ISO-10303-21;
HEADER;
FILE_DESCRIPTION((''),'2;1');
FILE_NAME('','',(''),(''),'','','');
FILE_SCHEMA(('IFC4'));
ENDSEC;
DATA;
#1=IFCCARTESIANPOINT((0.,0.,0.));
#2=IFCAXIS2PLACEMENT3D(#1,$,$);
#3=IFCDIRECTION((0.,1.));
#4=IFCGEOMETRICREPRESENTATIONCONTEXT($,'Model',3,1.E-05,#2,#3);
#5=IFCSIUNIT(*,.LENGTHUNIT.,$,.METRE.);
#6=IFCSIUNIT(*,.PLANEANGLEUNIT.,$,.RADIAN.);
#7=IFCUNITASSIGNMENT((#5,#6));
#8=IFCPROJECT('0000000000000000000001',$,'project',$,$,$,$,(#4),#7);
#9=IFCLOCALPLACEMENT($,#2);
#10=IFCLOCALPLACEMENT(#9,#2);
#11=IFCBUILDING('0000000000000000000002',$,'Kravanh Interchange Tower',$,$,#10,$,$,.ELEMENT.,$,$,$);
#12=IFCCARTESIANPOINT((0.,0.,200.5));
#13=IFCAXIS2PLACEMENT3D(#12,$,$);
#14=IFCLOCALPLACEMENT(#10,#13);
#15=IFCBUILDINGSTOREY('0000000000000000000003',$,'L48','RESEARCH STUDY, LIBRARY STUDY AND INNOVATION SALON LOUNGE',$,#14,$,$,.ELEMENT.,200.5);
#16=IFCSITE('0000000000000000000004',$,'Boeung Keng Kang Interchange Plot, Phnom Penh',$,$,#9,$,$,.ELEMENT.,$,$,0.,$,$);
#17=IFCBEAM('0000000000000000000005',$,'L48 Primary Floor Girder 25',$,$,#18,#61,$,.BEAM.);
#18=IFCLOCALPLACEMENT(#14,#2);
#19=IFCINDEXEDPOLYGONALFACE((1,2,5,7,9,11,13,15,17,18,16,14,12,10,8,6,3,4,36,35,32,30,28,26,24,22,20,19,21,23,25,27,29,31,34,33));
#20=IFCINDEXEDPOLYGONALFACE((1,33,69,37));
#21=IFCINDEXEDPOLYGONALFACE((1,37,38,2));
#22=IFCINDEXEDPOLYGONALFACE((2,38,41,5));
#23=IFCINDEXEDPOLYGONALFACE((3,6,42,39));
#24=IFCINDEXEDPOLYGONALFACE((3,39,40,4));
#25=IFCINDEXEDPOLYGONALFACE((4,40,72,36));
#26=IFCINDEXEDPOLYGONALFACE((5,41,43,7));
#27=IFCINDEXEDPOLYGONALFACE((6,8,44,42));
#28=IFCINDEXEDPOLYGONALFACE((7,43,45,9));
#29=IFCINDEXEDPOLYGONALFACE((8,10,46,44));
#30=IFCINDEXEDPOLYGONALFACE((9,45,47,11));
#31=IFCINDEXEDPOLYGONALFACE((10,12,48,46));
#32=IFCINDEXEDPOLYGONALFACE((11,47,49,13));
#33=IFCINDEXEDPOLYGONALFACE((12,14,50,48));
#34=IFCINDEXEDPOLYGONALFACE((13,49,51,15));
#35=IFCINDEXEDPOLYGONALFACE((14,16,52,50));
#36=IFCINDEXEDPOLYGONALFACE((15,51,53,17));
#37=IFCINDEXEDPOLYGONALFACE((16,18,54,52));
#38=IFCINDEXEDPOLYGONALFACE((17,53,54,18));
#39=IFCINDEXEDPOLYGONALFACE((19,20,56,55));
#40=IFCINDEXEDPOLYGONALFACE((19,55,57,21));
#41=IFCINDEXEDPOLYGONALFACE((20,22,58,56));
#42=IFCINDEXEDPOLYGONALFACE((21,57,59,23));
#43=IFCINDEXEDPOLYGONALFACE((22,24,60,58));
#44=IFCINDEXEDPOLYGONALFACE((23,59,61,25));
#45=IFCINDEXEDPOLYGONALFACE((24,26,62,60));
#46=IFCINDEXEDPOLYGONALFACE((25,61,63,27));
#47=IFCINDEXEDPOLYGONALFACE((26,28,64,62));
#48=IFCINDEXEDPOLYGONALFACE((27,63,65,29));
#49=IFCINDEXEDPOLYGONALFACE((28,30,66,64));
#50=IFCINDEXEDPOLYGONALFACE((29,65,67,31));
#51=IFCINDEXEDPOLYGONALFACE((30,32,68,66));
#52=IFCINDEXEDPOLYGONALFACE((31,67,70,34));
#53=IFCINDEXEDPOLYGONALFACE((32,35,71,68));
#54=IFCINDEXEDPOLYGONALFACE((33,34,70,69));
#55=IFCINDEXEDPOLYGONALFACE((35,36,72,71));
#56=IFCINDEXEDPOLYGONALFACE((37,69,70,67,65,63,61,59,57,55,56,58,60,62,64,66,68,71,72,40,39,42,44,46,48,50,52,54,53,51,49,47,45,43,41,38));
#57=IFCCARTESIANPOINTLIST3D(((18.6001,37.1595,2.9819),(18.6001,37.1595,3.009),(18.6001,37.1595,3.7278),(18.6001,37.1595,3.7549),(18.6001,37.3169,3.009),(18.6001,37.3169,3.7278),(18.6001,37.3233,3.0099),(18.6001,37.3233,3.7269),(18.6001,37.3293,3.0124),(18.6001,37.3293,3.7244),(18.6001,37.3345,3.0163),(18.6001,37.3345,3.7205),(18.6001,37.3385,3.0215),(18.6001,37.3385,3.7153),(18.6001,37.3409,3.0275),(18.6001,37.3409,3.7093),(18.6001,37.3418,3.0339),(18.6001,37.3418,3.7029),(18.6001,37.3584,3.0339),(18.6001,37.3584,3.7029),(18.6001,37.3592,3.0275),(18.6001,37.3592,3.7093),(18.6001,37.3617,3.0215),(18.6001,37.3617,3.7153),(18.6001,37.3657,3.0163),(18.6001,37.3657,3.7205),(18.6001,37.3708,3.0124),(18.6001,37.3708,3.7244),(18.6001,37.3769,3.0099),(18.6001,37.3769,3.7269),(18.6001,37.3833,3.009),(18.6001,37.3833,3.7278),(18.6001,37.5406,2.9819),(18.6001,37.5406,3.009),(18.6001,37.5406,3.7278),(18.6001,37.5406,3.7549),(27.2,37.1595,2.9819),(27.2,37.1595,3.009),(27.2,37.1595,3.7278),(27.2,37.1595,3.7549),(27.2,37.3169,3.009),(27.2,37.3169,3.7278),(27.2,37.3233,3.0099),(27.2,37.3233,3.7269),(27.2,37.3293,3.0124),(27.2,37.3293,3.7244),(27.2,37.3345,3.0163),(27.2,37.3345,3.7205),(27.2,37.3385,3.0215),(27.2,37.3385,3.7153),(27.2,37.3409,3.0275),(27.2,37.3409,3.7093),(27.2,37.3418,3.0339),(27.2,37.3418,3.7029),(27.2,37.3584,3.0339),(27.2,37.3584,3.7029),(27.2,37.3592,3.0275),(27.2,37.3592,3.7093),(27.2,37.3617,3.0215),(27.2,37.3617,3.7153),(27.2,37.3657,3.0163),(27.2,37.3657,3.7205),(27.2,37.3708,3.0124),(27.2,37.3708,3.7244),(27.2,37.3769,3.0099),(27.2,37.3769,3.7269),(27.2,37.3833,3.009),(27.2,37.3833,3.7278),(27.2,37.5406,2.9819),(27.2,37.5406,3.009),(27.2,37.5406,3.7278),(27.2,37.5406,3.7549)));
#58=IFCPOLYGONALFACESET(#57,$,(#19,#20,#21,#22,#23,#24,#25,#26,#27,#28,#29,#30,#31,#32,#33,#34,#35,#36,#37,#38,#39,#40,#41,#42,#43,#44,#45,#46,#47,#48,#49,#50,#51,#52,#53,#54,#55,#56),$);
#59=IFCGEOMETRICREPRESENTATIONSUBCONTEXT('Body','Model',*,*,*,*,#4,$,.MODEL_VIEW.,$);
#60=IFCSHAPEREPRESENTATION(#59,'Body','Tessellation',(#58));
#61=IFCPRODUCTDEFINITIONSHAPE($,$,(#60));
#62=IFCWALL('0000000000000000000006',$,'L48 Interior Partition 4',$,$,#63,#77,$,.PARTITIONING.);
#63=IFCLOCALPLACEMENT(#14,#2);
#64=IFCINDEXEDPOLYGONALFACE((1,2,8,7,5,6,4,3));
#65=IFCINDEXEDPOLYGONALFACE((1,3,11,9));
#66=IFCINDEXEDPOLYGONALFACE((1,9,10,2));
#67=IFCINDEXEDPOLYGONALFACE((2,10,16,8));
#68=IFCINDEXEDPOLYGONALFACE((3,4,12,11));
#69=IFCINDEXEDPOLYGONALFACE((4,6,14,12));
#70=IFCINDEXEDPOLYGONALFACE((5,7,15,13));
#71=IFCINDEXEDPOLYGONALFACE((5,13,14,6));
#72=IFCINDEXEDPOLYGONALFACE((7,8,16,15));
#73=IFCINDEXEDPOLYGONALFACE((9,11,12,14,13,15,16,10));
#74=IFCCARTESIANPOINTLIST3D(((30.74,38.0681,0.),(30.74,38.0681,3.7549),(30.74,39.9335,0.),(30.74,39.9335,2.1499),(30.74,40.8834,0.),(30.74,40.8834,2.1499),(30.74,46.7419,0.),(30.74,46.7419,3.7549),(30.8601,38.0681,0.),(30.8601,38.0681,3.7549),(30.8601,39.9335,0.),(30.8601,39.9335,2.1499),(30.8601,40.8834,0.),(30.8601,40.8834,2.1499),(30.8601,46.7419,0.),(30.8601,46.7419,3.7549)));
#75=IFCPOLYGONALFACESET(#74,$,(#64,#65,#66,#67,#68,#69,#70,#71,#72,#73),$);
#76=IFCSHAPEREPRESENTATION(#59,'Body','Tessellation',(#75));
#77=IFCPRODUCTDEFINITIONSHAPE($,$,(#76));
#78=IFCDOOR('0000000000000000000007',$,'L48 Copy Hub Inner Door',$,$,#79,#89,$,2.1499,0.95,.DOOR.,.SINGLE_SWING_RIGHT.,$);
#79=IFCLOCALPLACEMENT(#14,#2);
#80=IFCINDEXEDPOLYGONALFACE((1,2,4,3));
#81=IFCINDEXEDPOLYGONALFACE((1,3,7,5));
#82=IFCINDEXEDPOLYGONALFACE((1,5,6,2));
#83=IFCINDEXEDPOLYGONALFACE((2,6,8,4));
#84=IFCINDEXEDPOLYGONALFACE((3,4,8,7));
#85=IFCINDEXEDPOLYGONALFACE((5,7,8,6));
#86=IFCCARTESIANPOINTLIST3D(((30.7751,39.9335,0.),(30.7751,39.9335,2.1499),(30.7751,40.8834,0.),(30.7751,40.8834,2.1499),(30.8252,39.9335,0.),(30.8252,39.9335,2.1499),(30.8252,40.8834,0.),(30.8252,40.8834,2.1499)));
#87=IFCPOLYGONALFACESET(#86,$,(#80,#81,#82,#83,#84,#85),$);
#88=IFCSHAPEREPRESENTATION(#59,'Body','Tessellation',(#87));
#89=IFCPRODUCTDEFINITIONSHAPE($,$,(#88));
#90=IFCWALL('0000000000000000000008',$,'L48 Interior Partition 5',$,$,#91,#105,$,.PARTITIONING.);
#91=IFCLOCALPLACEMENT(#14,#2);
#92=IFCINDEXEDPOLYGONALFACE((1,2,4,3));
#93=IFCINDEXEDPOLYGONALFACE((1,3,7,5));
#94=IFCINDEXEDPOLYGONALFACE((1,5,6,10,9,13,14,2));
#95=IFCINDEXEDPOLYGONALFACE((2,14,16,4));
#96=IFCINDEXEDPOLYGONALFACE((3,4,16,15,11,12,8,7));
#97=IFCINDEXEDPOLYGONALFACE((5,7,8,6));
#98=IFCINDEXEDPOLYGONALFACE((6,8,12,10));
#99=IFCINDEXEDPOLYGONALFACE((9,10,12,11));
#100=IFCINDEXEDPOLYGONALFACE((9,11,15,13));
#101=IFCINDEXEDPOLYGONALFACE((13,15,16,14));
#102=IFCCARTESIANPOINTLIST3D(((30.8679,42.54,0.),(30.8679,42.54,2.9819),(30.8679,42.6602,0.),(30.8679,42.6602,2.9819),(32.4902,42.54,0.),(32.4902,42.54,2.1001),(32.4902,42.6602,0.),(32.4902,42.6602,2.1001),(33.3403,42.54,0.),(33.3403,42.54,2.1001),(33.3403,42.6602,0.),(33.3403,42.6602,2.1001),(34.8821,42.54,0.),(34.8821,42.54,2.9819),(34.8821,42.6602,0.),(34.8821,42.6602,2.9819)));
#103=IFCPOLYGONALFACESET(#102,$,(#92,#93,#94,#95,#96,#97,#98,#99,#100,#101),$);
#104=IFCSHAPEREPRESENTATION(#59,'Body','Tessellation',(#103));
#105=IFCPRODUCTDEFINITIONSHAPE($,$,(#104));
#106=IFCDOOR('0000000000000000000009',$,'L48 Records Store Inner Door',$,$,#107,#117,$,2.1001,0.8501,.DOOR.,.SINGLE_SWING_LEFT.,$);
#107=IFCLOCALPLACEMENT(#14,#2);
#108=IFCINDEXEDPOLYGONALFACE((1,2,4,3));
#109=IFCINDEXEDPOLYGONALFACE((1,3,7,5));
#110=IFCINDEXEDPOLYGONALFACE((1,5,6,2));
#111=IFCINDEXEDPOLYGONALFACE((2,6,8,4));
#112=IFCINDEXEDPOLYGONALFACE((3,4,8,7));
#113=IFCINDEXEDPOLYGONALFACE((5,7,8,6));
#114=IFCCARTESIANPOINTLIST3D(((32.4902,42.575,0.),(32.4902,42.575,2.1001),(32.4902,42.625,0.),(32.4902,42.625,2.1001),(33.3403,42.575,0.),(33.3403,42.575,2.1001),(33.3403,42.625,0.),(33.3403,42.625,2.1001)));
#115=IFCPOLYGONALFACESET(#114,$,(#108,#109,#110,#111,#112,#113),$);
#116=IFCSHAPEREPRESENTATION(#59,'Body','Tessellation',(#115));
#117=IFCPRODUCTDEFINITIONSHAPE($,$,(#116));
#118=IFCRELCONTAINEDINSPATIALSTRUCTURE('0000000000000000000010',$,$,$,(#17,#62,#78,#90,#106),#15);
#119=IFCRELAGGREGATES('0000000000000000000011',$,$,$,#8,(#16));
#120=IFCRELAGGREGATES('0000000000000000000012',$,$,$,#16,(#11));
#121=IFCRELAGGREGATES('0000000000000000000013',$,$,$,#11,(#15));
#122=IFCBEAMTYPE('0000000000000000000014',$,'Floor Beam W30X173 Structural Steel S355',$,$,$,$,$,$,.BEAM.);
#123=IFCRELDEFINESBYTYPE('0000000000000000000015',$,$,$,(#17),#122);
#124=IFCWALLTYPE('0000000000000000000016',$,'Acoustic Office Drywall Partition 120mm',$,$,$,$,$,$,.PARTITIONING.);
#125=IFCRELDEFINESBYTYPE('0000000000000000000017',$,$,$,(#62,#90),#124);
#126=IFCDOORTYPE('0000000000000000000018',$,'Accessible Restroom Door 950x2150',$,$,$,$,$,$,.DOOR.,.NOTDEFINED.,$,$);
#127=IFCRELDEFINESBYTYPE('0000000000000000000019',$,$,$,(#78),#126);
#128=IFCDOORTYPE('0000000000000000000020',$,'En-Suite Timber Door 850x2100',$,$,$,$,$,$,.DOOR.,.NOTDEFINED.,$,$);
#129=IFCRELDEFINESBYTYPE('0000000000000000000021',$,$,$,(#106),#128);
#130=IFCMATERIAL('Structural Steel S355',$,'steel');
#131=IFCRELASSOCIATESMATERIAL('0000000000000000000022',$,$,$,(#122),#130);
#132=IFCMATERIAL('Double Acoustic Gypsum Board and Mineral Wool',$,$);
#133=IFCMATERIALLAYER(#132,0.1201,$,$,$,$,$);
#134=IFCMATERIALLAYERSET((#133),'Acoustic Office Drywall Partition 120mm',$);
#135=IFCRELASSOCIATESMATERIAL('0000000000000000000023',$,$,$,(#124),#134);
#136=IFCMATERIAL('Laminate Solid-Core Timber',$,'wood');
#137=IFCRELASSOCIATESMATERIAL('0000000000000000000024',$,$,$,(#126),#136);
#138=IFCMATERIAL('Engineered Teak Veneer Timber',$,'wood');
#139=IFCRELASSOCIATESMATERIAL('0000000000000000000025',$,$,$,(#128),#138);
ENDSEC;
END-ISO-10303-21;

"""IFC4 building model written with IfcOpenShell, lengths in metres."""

from ifc_helpers import new_model, si_unit, direction, frame, frame_2d, origin, origin_2d, place, context, subcontext, project, spatial, rectangle, i_section, extrude, material, layer, layer_set, material_profile, profile_set, type_object, element, fill, save


model = new_model("IFC4")

# Units and contexts
model_context = context("Model", 3, precision=1e-05, world=origin(), true_north=direction((0.0, 1.0)))
body_context = subcontext(model_context, "Body", "Model", "MODEL_VIEW")
ifc_project = project(units=[si_unit("LENGTHUNIT", "METRE"), si_unit("PLANEANGLEUNIT", "RADIAN")], contexts=[model_context])

# Site, building, storey
site_placement = place(None, origin())
site = spatial("IfcSite", under=ifc_project, at=site_placement, Name="Boeung Keng Kang Interchange Plot, Phnom Penh", CompositionType="ELEMENT", RefElevation=0.0)
building_placement = place(site_placement, origin())
building = spatial("IfcBuilding", under=site, at=building_placement, Name="Kravanh Interchange Tower", CompositionType="ELEMENT")
storey_placement = place(building_placement, frame((0.0, 0.0, 200.5)))
storey = spatial("IfcBuildingStorey", under=building, at=storey_placement, Name="L48", Description="RESEARCH STUDY, LIBRARY STUDY AND INNOVATION SALON LOUNGE", CompositionType="ELEMENT", Elevation=200.5)

# Beam
ifc_material_1 = material(Name="Structural Steel S355", Category="steel")
ifc_material_profile_1 = material_profile(ifc_material_1, i_section(OverallWidth=0.3811, OverallDepth=0.7729, WebThickness=0.0166, FlangeThickness=0.0271, FilletRadius=0.0249, at=origin_2d()), Name="W30X173")
ifc_profile_set_1 = profile_set([ifc_material_profile_1], Name="Structural Steel S355")
beam_type = type_object("IfcBeamType", Name="Floor Beam W30X173 Structural Steel S355", PredefinedType="BEAM", material=ifc_profile_set_1)
beam_1_placement = place(storey_placement, frame((27.2, 37.3501, 3.3684), z_axis=(-1.0, 0.0, 0.0), x_axis=(0.0, -1.0, 0.0)))
element("IfcBeam", 1, at=beam_1_placement, inside=storey, type_object=beam_type, Name="L48 Primary Floor Girder 25", PredefinedType="BEAM", context=body_context, shape_type="SweptSolid", body=[
    extrude(i_section(OverallWidth=0.3811, OverallDepth=0.7729, WebThickness=0.0166, FlangeThickness=0.0271, FilletRadius=0.0249, at=origin_2d()), origin(), (0.0, 0.0, 1.0), 8.5999),
])

# Walls, openings, doors
ifc_material_2 = material(Name="Double Acoustic Gypsum Board and Mineral Wool")
ifc_layer_1 = layer(ifc_material_2, 0.1201)
ifc_layer_set_1 = layer_set([ifc_layer_1], Name="Acoustic Office Drywall Partition 120mm")
wall_type_1 = type_object("IfcWallType", Name="Acoustic Office Drywall Partition 120mm", PredefinedType="PARTITIONING", material=ifc_layer_set_1)
wall_1_placement = place(storey_placement, frame((30.8, 38.0681, 0.0), z_axis=(0.0, 0.0, 1.0), x_axis=(0.0, 1.0, 0.0)))
wall_1 = element("IfcWall", 2, at=wall_1_placement, inside=storey, type_object=wall_type_1, Name="L48 Interior Partition 4", PredefinedType="PARTITIONING", context=body_context, shape_type="SweptSolid", body=[
    extrude(rectangle(XDim=8.6738, YDim=0.1201, at=frame_2d((4.3369, 0.0))), origin(), (0.0, 0.0, 1.0), 3.7549),
])
opening_1_placement = place(wall_1_placement, frame((1.8652, 0.0, 0.0)))
opening_1 = element("IfcOpeningElement", 3, at=opening_1_placement, cuts=wall_1, PredefinedType="OPENING", context=body_context, shape_type="SweptSolid", body=[
    extrude(rectangle(XDim=0.95, YDim=2.1499, at=frame_2d((0.4751, 1.075))), frame((0.0, 0.0701, 0.0), z_axis=(0.0, -1.0, 0.0), x_axis=(1.0, 0.0, 0.0)), (0.0, 0.0, 1.0), 0.1401),
])
ifc_material_3 = material(Name="Laminate Solid-Core Timber", Category="wood")
door_type_1 = type_object("IfcDoorType", Name="Accessible Restroom Door 950x2150", OperationType="NOTDEFINED", PredefinedType="DOOR", material=ifc_material_3)
door_1_placement = place(opening_1_placement, origin())
door_1 = element("IfcDoor", 4, at=door_1_placement, inside=storey, type_object=door_type_1, Name="L48 Copy Hub Inner Door", OperationType="SINGLE_SWING_RIGHT", OverallHeight=2.1499, OverallWidth=0.95, PredefinedType="DOOR", context=body_context, shape_type="SweptSolid", body=[
    extrude(rectangle(XDim=0.95, YDim=2.1499, at=frame_2d((0.4751, 1.075))), frame((0.0, 0.0249, 0.0), z_axis=(0.0, -1.0, 0.0), x_axis=(1.0, 0.0, 0.0)), (0.0, 0.0, 1.0), 0.05),
])
fill(opening_1, door_1)
wall_2_placement = place(storey_placement, frame((30.8679, 42.6001, 0.0), z_axis=(0.0, 0.0, 1.0), x_axis=(1.0, 0.0, 0.0)))
wall_2 = element("IfcWall", 5, at=wall_2_placement, inside=storey, type_object=wall_type_1, Name="L48 Interior Partition 5", PredefinedType="PARTITIONING", context=body_context, shape_type="SweptSolid", body=[
    extrude(rectangle(XDim=4.0142, YDim=0.1201, at=frame_2d((2.0071, 0.0))), origin(), (0.0, 0.0, 1.0), 2.9819),
])
opening_2_placement = place(wall_2_placement, frame((1.6223, 0.0, 0.0)))
opening_2 = element("IfcOpeningElement", 6, at=opening_2_placement, cuts=wall_2, PredefinedType="OPENING", context=body_context, shape_type="SweptSolid", body=[
    extrude(rectangle(XDim=0.8501, YDim=2.1001, at=frame_2d((0.425, 1.05))), frame((0.0, 0.0701, 0.0), z_axis=(0.0, -1.0, 0.0), x_axis=(1.0, 0.0, 0.0)), (0.0, 0.0, 1.0), 0.1401),
])
ifc_material_4 = material(Name="Engineered Teak Veneer Timber", Category="wood")
door_type_2 = type_object("IfcDoorType", Name="En-Suite Timber Door 850x2100", OperationType="NOTDEFINED", PredefinedType="DOOR", material=ifc_material_4)
door_2_placement = place(opening_2_placement, origin())
door_2 = element("IfcDoor", 7, at=door_2_placement, inside=storey, type_object=door_type_2, Name="L48 Records Store Inner Door", OperationType="SINGLE_SWING_LEFT", OverallHeight=2.1001, OverallWidth=0.8501, PredefinedType="DOOR", context=body_context, shape_type="SweptSolid", body=[
    extrude(rectangle(XDim=0.8501, YDim=2.1001, at=frame_2d((0.425, 1.05))), frame((0.0, 0.0249, 0.0), z_axis=(0.0, -1.0, 0.0), x_axis=(1.0, 0.0, 0.0)), (0.0, 0.0, 1.0), 0.05),
])
fill(opening_2, door_2)

save(model, "model.ifc")
